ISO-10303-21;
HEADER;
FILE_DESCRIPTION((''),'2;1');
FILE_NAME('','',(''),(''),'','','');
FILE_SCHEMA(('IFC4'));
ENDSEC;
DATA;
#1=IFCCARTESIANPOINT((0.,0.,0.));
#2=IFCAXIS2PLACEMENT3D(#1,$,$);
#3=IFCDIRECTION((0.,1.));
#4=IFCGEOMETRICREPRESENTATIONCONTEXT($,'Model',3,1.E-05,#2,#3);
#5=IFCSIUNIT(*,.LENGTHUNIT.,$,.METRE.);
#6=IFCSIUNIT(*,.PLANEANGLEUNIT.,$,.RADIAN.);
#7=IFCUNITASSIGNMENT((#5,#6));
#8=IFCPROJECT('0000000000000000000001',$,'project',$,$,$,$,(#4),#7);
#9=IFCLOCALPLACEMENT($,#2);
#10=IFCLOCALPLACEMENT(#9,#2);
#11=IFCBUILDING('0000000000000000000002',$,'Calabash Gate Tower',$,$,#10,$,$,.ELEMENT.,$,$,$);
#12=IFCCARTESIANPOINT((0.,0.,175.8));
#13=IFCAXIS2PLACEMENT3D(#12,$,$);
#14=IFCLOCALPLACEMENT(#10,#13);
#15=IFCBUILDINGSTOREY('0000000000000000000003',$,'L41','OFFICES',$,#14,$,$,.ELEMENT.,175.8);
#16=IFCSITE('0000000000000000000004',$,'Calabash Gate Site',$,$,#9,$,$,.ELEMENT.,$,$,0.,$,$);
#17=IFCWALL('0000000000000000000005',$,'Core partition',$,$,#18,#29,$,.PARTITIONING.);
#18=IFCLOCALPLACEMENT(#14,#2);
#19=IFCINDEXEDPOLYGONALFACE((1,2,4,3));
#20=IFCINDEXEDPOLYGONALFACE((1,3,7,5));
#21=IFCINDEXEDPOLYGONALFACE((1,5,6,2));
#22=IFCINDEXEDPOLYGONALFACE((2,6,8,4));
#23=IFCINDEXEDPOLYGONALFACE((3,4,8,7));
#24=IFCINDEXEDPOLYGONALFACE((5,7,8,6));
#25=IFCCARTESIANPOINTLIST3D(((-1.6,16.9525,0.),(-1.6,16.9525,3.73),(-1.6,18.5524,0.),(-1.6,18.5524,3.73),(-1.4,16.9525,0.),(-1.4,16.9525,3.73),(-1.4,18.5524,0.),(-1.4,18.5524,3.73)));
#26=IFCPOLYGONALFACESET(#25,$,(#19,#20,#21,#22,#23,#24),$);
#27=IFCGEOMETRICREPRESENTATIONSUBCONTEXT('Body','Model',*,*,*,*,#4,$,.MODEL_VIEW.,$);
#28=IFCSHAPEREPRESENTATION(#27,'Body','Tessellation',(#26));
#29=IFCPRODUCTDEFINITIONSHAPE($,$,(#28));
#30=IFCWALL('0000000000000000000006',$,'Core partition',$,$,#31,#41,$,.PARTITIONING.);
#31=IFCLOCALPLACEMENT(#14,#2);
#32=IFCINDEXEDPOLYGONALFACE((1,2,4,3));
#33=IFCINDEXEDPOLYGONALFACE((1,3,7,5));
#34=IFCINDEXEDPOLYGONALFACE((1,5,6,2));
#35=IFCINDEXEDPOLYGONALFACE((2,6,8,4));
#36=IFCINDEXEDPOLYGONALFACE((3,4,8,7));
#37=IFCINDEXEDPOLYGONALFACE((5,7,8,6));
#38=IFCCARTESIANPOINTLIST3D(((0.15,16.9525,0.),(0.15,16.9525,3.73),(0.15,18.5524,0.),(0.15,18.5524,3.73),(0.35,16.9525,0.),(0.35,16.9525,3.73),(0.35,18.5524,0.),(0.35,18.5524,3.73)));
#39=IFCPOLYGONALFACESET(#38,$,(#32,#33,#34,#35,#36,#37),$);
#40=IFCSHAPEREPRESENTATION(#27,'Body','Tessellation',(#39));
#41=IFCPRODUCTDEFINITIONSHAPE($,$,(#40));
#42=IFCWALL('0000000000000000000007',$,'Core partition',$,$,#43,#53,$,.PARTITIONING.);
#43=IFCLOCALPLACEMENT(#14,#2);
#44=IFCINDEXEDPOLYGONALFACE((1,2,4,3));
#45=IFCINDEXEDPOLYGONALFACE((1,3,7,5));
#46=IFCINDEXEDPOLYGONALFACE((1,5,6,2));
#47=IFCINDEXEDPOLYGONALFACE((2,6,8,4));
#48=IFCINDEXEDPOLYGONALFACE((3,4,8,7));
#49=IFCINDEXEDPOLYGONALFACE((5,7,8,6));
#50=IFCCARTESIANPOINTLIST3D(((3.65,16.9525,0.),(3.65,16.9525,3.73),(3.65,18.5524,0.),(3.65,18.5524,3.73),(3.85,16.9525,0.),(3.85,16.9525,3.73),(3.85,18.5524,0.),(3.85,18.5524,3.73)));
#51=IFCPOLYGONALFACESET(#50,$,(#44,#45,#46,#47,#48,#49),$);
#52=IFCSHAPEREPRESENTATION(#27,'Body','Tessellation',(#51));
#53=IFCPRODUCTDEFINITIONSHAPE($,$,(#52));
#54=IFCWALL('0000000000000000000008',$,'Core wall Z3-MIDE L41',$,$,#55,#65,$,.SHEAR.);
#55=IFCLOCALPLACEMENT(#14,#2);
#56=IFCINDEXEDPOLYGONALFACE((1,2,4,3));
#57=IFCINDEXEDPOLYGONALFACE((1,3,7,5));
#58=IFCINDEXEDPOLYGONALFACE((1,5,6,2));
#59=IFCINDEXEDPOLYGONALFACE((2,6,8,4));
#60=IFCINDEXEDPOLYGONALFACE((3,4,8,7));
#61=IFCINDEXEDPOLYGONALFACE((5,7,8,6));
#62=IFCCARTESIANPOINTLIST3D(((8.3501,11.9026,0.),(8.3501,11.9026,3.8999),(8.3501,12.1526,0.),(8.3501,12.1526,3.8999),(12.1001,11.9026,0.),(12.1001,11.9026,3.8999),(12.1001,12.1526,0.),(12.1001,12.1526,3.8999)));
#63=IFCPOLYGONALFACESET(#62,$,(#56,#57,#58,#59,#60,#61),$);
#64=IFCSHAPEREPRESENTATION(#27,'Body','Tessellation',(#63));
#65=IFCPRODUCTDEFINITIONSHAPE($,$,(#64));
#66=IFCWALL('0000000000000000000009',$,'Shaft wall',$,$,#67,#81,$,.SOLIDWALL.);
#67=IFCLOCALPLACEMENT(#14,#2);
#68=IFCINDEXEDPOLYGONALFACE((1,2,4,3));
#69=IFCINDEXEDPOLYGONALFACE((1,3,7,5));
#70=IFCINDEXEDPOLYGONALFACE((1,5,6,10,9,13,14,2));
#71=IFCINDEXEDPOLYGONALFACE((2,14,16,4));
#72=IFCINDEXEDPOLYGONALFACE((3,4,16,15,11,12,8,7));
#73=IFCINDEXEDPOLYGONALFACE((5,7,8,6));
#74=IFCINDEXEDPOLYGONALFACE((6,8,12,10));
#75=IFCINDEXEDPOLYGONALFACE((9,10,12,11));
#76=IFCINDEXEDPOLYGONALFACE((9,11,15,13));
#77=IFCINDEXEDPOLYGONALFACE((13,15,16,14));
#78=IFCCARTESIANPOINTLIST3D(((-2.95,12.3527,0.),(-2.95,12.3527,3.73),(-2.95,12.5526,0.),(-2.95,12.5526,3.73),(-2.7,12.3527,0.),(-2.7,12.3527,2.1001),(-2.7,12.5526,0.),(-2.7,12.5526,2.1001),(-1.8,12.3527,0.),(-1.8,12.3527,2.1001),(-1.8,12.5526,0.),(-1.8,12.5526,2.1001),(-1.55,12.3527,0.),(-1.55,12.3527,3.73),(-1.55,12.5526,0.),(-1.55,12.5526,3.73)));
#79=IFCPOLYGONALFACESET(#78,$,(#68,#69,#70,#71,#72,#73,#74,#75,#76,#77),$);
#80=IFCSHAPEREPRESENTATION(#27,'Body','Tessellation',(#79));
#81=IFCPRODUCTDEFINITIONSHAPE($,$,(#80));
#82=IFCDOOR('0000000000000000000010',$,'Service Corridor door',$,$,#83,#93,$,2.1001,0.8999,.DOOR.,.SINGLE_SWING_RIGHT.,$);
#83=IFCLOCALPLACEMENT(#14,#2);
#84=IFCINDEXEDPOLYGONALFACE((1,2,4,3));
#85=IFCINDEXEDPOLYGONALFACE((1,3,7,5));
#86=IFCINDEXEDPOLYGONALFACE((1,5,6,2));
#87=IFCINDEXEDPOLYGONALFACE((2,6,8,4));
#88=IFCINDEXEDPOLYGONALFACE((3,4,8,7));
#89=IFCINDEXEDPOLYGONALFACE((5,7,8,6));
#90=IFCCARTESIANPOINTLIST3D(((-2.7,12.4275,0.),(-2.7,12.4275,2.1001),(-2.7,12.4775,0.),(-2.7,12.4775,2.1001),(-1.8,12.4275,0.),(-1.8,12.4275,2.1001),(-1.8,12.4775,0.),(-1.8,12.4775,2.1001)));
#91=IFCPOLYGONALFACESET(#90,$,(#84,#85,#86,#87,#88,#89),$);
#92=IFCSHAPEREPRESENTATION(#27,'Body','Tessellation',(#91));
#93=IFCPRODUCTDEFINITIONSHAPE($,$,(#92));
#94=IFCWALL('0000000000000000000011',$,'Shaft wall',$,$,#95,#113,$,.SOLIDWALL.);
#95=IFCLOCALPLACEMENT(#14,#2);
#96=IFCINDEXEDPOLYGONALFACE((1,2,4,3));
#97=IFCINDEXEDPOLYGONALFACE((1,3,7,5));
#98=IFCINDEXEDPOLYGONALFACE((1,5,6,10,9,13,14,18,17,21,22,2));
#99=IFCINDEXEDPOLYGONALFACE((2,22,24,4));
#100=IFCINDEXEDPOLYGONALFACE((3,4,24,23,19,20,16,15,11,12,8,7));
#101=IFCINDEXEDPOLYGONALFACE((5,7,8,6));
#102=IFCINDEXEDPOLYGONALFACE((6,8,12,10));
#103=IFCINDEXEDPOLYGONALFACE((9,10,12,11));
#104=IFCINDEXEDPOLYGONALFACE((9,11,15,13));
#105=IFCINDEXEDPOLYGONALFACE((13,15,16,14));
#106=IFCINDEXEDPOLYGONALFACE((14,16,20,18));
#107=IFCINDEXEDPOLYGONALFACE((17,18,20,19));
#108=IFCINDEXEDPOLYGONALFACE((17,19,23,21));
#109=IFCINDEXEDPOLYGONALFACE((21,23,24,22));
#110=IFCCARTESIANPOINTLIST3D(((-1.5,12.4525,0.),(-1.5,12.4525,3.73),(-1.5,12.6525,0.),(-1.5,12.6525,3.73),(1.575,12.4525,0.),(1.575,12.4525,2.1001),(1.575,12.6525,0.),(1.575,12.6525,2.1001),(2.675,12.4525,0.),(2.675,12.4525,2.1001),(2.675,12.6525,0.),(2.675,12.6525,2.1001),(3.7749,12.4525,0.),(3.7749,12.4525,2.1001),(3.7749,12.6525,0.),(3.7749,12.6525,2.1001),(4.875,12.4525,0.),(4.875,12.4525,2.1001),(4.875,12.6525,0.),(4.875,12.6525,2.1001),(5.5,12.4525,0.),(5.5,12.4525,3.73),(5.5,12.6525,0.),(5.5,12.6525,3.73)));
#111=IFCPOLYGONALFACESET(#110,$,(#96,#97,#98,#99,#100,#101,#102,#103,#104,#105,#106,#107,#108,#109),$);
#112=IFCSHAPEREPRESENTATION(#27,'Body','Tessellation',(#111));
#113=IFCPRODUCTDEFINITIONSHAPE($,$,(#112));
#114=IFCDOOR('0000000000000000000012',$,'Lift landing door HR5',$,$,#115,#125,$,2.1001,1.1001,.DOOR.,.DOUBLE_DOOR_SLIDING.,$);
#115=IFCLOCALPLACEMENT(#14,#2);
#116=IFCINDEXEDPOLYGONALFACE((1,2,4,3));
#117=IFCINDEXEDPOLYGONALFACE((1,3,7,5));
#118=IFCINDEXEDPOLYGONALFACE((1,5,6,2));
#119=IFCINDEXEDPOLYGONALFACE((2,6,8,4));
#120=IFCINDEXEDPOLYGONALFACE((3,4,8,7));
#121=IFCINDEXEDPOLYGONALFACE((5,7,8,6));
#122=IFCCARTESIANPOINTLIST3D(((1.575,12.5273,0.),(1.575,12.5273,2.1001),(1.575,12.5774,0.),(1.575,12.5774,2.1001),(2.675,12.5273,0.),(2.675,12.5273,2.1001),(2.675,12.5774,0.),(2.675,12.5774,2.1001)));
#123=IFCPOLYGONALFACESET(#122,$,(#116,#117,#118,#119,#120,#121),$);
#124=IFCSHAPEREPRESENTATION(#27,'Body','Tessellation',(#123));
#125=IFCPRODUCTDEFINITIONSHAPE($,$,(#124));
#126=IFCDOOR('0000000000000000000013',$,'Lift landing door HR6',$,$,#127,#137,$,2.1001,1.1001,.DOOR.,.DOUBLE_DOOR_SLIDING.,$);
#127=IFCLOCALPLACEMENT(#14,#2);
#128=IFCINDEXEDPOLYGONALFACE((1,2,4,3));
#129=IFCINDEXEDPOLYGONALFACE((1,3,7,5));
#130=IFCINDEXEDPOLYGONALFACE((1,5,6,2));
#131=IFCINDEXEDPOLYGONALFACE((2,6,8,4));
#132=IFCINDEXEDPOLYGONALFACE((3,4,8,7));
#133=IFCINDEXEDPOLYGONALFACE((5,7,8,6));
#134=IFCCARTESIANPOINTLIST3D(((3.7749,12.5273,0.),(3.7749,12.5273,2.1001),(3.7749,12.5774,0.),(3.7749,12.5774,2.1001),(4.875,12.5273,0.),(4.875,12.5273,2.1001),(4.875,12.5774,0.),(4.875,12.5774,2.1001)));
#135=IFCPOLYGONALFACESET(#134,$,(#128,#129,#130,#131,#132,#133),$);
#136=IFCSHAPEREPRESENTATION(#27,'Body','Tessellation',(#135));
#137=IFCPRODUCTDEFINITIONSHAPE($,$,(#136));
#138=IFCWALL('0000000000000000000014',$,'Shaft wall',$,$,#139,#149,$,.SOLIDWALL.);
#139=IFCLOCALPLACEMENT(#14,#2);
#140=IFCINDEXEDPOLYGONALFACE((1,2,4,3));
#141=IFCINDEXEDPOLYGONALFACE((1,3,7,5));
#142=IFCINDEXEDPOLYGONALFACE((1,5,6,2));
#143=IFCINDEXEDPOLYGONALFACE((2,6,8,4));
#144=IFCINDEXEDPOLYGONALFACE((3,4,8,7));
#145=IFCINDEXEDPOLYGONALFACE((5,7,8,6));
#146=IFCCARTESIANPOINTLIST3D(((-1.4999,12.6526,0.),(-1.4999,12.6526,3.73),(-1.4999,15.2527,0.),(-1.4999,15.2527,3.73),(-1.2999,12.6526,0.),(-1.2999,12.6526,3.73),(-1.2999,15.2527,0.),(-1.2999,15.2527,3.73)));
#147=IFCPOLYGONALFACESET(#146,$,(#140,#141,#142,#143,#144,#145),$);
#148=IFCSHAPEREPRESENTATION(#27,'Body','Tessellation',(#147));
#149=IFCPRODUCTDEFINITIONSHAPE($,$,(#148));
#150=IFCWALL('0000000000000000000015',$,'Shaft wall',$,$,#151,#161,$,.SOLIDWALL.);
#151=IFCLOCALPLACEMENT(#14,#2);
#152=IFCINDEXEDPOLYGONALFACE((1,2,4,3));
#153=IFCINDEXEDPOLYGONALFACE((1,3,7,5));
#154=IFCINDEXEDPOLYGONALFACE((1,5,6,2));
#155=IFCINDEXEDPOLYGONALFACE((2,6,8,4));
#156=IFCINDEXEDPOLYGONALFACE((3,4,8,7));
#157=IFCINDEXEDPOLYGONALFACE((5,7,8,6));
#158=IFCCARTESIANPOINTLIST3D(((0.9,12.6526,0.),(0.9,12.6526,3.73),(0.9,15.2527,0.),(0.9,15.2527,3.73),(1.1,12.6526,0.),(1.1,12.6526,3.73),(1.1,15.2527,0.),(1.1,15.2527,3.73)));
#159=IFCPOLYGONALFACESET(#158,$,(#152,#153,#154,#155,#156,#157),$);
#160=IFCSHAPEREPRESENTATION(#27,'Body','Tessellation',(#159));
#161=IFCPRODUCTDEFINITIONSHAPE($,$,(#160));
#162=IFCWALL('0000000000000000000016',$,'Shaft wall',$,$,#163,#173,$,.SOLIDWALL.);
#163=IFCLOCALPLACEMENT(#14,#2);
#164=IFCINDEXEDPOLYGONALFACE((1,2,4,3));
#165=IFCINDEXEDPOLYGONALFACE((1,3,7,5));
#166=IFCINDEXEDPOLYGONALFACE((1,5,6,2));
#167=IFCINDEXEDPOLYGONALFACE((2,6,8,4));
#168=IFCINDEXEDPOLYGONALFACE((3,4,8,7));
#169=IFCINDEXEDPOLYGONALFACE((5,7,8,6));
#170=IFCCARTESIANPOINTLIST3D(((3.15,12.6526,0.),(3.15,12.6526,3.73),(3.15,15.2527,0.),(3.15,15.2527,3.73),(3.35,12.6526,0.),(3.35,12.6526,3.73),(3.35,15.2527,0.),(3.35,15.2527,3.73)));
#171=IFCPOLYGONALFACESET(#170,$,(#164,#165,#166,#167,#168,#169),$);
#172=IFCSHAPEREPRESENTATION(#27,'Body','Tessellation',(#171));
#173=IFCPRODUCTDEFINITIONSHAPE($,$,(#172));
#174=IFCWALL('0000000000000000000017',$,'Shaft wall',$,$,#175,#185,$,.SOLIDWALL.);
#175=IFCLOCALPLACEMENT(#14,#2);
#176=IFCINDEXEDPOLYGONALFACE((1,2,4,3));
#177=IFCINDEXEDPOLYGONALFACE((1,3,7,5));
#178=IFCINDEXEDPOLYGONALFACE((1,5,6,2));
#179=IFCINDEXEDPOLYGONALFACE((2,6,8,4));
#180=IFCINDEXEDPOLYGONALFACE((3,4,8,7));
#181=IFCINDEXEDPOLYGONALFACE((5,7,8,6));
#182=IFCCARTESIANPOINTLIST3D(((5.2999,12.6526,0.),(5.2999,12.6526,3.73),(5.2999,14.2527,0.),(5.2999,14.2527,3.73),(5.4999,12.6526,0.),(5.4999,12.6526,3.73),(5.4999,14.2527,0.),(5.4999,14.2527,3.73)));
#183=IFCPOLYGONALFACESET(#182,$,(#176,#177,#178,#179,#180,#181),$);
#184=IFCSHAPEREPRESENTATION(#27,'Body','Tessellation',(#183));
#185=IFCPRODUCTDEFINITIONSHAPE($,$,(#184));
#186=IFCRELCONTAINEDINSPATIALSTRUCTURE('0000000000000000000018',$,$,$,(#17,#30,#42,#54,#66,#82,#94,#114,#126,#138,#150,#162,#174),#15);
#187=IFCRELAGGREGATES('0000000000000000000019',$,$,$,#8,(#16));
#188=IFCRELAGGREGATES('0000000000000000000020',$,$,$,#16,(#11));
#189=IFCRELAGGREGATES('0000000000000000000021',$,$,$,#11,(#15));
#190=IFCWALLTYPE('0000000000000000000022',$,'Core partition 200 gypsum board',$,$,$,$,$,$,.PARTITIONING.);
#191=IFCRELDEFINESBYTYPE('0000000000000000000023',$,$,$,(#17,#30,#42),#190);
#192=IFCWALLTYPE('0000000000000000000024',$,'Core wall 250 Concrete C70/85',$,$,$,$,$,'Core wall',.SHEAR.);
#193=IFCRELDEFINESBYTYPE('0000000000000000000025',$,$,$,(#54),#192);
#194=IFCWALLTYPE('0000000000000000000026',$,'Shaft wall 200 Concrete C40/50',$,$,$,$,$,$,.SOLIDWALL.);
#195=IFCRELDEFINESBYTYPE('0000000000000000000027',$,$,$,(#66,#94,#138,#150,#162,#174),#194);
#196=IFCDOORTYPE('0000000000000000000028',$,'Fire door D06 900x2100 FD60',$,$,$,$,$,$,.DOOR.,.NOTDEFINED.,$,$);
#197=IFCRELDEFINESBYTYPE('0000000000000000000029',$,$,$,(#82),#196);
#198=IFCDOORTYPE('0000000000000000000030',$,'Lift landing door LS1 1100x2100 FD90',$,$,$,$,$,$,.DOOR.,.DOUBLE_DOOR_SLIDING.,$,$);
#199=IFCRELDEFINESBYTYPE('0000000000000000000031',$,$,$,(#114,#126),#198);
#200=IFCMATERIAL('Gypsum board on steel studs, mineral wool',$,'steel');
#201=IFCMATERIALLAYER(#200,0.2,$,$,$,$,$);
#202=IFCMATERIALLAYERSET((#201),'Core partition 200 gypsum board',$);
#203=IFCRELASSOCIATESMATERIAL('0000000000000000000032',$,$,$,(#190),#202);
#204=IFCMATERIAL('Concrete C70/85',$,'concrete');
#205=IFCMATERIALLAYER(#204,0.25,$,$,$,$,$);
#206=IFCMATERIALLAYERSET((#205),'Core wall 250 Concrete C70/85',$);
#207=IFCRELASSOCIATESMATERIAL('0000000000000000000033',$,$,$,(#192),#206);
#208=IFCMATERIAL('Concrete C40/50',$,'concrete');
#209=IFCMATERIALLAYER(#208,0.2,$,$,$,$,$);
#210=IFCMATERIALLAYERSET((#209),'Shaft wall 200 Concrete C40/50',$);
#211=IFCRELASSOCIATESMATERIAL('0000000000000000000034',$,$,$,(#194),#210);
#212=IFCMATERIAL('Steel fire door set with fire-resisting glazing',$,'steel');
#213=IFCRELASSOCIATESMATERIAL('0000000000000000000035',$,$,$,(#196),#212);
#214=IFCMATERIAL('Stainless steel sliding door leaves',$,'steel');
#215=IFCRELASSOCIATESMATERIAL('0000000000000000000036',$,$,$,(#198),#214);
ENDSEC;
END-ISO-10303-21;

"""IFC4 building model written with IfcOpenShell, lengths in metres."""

from ifc_helpers import new_model, si_unit, direction, frame, frame_2d, origin, place, context, subcontext, project, spatial, rectangle, extrude, material, layer, layer_set, type_object, element, fill, save


model = new_model("IFC4")

# Units and contexts
model_context = context("Model", 3, precision=1e-05, world=origin(), true_north=direction((0.0, 1.0)))
body_context = subcontext(model_context, "Body", "Model", "MODEL_VIEW")
ifc_project = project(units=[si_unit("LENGTHUNIT", "METRE"), si_unit("PLANEANGLEUNIT", "RADIAN")], contexts=[model_context])

# Site, building, storey
site_placement = place(None, origin())
site = spatial("IfcSite", under=ifc_project, at=site_placement, Name="Calabash Gate Site", CompositionType="ELEMENT", RefElevation=0.0)
building_placement = place(site_placement, origin())
building = spatial("IfcBuilding", under=site, at=building_placement, Name="Calabash Gate Tower", CompositionType="ELEMENT")
storey_placement = place(building_placement, frame((0.0, 0.0, 175.8)))
storey = spatial("IfcBuildingStorey", under=building, at=storey_placement, Name="L41", Description="OFFICES", CompositionType="ELEMENT", Elevation=175.8)

# Walls
ifc_material_1 = material(Name="Gypsum board on steel studs, mineral wool", Category="steel")
ifc_layer_1 = layer(ifc_material_1, 0.2)
ifc_layer_set_1 = layer_set([ifc_layer_1], Name="Core partition 200 gypsum board")
wall_type_1 = type_object("IfcWallType", Name="Core partition 200 gypsum board", PredefinedType="PARTITIONING", material=ifc_layer_set_1)
for number, where, z_axis, x_axis, name in (
    (1, (-1.5, 16.9526, 0.0), (0.0, 0.0, 1.0), (0.0, 1.0, 0.0), "Core partition"),
    (2, (0.25, 16.9526, 0.0), (0.0, 0.0, 1.0), (0.0, 1.0, 0.0), "Core partition"),
    (3, (3.75, 16.9526, 0.0), (0.0, 0.0, 1.0), (0.0, 1.0, 0.0), "Core partition"),
):
    element("IfcWall", number, at=place(storey_placement, frame(where, z_axis=z_axis, x_axis=x_axis)), inside=storey, type_object=wall_type_1, Name=name, PredefinedType="PARTITIONING", context=body_context, shape_type="SweptSolid", body=[
        extrude(rectangle(XDim=1.5999, YDim=0.2, at=frame_2d((0.7998, 0.0))), origin(), (0.0, 0.0, 1.0), 3.73),
    ])
ifc_material_2 = material(Name="Concrete C70/85", Category="concrete")
ifc_layer_2 = layer(ifc_material_2, 0.25)
ifc_layer_set_2 = layer_set([ifc_layer_2], Name="Core wall 250 Concrete C70/85")
wall_type_2 = type_object("IfcWallType", Name="Core wall 250 Concrete C70/85", ElementType="Core wall", PredefinedType="SHEAR", material=ifc_layer_set_2)
wall_1_placement = place(storey_placement, frame((8.3501, 12.0276, 0.0), z_axis=(0.0, 0.0, 1.0), x_axis=(1.0, 0.0, 0.0)))
element("IfcWall", 4, at=wall_1_placement, inside=storey, type_object=wall_type_2, Name="Core wall Z3-MIDE L41", PredefinedType="SHEAR", context=body_context, shape_type="SweptSolid", body=[
    extrude(rectangle(XDim=3.75, YDim=0.25, at=frame_2d((1.875, 0.0))), origin(), (0.0, 0.0, 1.0), 3.8999),
])

# Wall, opening, door
ifc_material_3 = material(Name="Concrete C40/50", Category="concrete")
ifc_layer_3 = layer(ifc_material_3, 0.2)
ifc_layer_set_3 = layer_set([ifc_layer_3], Name="Shaft wall 200 Concrete C40/50")
wall_type_3 = type_object("IfcWallType", Name="Shaft wall 200 Concrete C40/50", PredefinedType="SOLIDWALL", material=ifc_layer_set_3)
wall_2_placement = place(storey_placement, frame((-2.95, 12.4526, 0.0), z_axis=(0.0, 0.0, 1.0), x_axis=(1.0, 0.0, 0.0)))
wall_2 = element("IfcWall", 5, at=wall_2_placement, inside=storey, type_object=wall_type_3, Name="Shaft wall", PredefinedType="SOLIDWALL", context=body_context, shape_type="SweptSolid", body=[
    extrude(rectangle(XDim=1.3999, YDim=0.2, at=frame_2d((0.7, 0.0))), origin(), (0.0, 0.0, 1.0), 3.73),
])
opening_1_placement = place(wall_2_placement, frame((0.25, 0.0, 0.0)))
opening_1 = element("IfcOpeningElement", 6, at=opening_1_placement, cuts=wall_2, PredefinedType="OPENING", context=body_context, shape_type="SweptSolid", body=[
    extrude(rectangle(XDim=0.8999, YDim=2.1001, at=frame_2d((0.45, 1.05))), frame((0.0, 0.1099, 0.0), z_axis=(0.0, -1.0, 0.0), x_axis=(1.0, 0.0, 0.0)), (0.0, 0.0, 1.0), 0.22),
])
ifc_material_4 = material(Name="Steel fire door set with fire-resisting glazing", Category="steel")
door_type_1 = type_object("IfcDoorType", Name="Fire door D06 900x2100 FD60", OperationType="NOTDEFINED", PredefinedType="DOOR", material=ifc_material_4)
door_1_placement = place(opening_1_placement, origin())
door_1 = element("IfcDoor", 7, at=door_1_placement, inside=storey, type_object=door_type_1, Name="Service Corridor door", OperationType="SINGLE_SWING_RIGHT", OverallHeight=2.1001, OverallWidth=0.8999, PredefinedType="DOOR", context=body_context, shape_type="SweptSolid", body=[
    extrude(rectangle(XDim=0.8999, YDim=2.1001, at=frame_2d((0.45, 1.05))), frame((0.0, 0.0249, 0.0), z_axis=(0.0, -1.0, 0.0), x_axis=(1.0, 0.0, 0.0)), (0.0, 0.0, 1.0), 0.05),
])
fill(opening_1, door_1)

# Wall, openings, doors
wall_3_placement = place(storey_placement, frame((-1.5, 12.5525, 0.0), z_axis=(0.0, 0.0, 1.0), x_axis=(1.0, 0.0, 0.0)))
wall_3 = element("IfcWall", 8, at=wall_3_placement, inside=storey, type_object=wall_type_3, Name="Shaft wall", PredefinedType="SOLIDWALL", context=body_context, shape_type="SweptSolid", body=[
    extrude(rectangle(XDim=7.0, YDim=0.2, at=frame_2d((3.5, 0.0))), origin(), (0.0, 0.0, 1.0), 3.73),
])
opening_2_placement = place(wall_3_placement, frame((3.075, 0.0, 0.0)))
opening_2 = element("IfcOpeningElement", 9, at=opening_2_placement, cuts=wall_3, PredefinedType="OPENING", context=body_context, shape_type="SweptSolid", body=[
    extrude(rectangle(XDim=1.1001, YDim=2.1001, at=frame_2d((0.55, 1.05))), frame((0.0, 0.1099, 0.0), z_axis=(0.0, -1.0, 0.0), x_axis=(1.0, 0.0, 0.0)), (0.0, 0.0, 1.0), 0.22),
])
opening_3_placement = place(wall_3_placement, frame((5.2749, 0.0, 0.0)))
opening_3 = element("IfcOpeningElement", 10, at=opening_3_placement, cuts=wall_3, PredefinedType="OPENING", context=body_context, shape_type="SweptSolid", body=[
    extrude(rectangle(XDim=1.1001, YDim=2.1001, at=frame_2d((0.55, 1.05))), frame((0.0, 0.1099, 0.0), z_axis=(0.0, -1.0, 0.0), x_axis=(1.0, 0.0, 0.0)), (0.0, 0.0, 1.0), 0.22),
])
ifc_material_5 = material(Name="Stainless steel sliding door leaves", Category="steel")
door_type_2 = type_object("IfcDoorType", Name="Lift landing door LS1 1100x2100 FD90", OperationType="DOUBLE_DOOR_SLIDING", PredefinedType="DOOR", material=ifc_material_5)
door_2_placement = place(opening_2_placement, origin())
door_2 = element("IfcDoor", 11, at=door_2_placement, inside=storey, type_object=door_type_2, Name="Lift landing door HR5", OperationType="DOUBLE_DOOR_SLIDING", OverallHeight=2.1001, OverallWidth=1.1001, PredefinedType="DOOR", context=body_context, shape_type="SweptSolid", body=[
    extrude(rectangle(XDim=1.1001, YDim=2.1001, at=frame_2d((0.55, 1.05))), frame((0.0, 0.0249, 0.0), z_axis=(0.0, -1.0, 0.0), x_axis=(1.0, 0.0, 0.0)), (0.0, 0.0, 1.0), 0.05),
])
fill(opening_2, door_2)
door_3_placement = place(opening_3_placement, origin())
door_3 = element("IfcDoor", 12, at=door_3_placement, inside=storey, type_object=door_type_2, Name="Lift landing door HR6", OperationType="DOUBLE_DOOR_SLIDING", OverallHeight=2.1001, OverallWidth=1.1001, PredefinedType="DOOR", context=body_context, shape_type="SweptSolid", body=[
    extrude(rectangle(XDim=1.1001, YDim=2.1001, at=frame_2d((0.55, 1.05))), frame((0.0, 0.0249, 0.0), z_axis=(0.0, -1.0, 0.0), x_axis=(1.0, 0.0, 0.0)), (0.0, 0.0, 1.0), 0.05),
])
fill(opening_3, door_3)

# Walls
for number, where, z_axis, x_axis, name in (
    (13, (-1.3999, 12.6526, 0.0), (0.0, 0.0, 1.0), (0.0, 1.0, 0.0), "Shaft wall"),
    (14, (1.0, 12.6526, 0.0), (0.0, 0.0, 1.0), (0.0, 1.0, 0.0), "Shaft wall"),
    (15, (3.25, 12.6526, 0.0), (0.0, 0.0, 1.0), (0.0, 1.0, 0.0), "Shaft wall"),
):
    element("IfcWall", number, at=place(storey_placement, frame(where, z_axis=z_axis, x_axis=x_axis)), inside=storey, type_object=wall_type_3, Name=name, PredefinedType="SOLIDWALL", context=body_context, shape_type="SweptSolid", body=[
        extrude(rectangle(XDim=2.6001, YDim=0.2, at=frame_2d((1.3, 0.0))), origin(), (0.0, 0.0, 1.0), 3.73),
    ])
wall_4_placement = place(storey_placement, frame((5.3999, 12.6526, 0.0), z_axis=(0.0, 0.0, 1.0), x_axis=(0.0, 1.0, 0.0)))
element("IfcWall", 16, at=wall_4_placement, inside=storey, type_object=wall_type_3, Name="Shaft wall", PredefinedType="SOLIDWALL", context=body_context, shape_type="SweptSolid", body=[
    extrude(rectangle(XDim=1.6001, YDim=0.2, at=frame_2d((0.8, 0.0))), origin(), (0.0, 0.0, 1.0), 3.73),
])

save(model, "model.ifc")
